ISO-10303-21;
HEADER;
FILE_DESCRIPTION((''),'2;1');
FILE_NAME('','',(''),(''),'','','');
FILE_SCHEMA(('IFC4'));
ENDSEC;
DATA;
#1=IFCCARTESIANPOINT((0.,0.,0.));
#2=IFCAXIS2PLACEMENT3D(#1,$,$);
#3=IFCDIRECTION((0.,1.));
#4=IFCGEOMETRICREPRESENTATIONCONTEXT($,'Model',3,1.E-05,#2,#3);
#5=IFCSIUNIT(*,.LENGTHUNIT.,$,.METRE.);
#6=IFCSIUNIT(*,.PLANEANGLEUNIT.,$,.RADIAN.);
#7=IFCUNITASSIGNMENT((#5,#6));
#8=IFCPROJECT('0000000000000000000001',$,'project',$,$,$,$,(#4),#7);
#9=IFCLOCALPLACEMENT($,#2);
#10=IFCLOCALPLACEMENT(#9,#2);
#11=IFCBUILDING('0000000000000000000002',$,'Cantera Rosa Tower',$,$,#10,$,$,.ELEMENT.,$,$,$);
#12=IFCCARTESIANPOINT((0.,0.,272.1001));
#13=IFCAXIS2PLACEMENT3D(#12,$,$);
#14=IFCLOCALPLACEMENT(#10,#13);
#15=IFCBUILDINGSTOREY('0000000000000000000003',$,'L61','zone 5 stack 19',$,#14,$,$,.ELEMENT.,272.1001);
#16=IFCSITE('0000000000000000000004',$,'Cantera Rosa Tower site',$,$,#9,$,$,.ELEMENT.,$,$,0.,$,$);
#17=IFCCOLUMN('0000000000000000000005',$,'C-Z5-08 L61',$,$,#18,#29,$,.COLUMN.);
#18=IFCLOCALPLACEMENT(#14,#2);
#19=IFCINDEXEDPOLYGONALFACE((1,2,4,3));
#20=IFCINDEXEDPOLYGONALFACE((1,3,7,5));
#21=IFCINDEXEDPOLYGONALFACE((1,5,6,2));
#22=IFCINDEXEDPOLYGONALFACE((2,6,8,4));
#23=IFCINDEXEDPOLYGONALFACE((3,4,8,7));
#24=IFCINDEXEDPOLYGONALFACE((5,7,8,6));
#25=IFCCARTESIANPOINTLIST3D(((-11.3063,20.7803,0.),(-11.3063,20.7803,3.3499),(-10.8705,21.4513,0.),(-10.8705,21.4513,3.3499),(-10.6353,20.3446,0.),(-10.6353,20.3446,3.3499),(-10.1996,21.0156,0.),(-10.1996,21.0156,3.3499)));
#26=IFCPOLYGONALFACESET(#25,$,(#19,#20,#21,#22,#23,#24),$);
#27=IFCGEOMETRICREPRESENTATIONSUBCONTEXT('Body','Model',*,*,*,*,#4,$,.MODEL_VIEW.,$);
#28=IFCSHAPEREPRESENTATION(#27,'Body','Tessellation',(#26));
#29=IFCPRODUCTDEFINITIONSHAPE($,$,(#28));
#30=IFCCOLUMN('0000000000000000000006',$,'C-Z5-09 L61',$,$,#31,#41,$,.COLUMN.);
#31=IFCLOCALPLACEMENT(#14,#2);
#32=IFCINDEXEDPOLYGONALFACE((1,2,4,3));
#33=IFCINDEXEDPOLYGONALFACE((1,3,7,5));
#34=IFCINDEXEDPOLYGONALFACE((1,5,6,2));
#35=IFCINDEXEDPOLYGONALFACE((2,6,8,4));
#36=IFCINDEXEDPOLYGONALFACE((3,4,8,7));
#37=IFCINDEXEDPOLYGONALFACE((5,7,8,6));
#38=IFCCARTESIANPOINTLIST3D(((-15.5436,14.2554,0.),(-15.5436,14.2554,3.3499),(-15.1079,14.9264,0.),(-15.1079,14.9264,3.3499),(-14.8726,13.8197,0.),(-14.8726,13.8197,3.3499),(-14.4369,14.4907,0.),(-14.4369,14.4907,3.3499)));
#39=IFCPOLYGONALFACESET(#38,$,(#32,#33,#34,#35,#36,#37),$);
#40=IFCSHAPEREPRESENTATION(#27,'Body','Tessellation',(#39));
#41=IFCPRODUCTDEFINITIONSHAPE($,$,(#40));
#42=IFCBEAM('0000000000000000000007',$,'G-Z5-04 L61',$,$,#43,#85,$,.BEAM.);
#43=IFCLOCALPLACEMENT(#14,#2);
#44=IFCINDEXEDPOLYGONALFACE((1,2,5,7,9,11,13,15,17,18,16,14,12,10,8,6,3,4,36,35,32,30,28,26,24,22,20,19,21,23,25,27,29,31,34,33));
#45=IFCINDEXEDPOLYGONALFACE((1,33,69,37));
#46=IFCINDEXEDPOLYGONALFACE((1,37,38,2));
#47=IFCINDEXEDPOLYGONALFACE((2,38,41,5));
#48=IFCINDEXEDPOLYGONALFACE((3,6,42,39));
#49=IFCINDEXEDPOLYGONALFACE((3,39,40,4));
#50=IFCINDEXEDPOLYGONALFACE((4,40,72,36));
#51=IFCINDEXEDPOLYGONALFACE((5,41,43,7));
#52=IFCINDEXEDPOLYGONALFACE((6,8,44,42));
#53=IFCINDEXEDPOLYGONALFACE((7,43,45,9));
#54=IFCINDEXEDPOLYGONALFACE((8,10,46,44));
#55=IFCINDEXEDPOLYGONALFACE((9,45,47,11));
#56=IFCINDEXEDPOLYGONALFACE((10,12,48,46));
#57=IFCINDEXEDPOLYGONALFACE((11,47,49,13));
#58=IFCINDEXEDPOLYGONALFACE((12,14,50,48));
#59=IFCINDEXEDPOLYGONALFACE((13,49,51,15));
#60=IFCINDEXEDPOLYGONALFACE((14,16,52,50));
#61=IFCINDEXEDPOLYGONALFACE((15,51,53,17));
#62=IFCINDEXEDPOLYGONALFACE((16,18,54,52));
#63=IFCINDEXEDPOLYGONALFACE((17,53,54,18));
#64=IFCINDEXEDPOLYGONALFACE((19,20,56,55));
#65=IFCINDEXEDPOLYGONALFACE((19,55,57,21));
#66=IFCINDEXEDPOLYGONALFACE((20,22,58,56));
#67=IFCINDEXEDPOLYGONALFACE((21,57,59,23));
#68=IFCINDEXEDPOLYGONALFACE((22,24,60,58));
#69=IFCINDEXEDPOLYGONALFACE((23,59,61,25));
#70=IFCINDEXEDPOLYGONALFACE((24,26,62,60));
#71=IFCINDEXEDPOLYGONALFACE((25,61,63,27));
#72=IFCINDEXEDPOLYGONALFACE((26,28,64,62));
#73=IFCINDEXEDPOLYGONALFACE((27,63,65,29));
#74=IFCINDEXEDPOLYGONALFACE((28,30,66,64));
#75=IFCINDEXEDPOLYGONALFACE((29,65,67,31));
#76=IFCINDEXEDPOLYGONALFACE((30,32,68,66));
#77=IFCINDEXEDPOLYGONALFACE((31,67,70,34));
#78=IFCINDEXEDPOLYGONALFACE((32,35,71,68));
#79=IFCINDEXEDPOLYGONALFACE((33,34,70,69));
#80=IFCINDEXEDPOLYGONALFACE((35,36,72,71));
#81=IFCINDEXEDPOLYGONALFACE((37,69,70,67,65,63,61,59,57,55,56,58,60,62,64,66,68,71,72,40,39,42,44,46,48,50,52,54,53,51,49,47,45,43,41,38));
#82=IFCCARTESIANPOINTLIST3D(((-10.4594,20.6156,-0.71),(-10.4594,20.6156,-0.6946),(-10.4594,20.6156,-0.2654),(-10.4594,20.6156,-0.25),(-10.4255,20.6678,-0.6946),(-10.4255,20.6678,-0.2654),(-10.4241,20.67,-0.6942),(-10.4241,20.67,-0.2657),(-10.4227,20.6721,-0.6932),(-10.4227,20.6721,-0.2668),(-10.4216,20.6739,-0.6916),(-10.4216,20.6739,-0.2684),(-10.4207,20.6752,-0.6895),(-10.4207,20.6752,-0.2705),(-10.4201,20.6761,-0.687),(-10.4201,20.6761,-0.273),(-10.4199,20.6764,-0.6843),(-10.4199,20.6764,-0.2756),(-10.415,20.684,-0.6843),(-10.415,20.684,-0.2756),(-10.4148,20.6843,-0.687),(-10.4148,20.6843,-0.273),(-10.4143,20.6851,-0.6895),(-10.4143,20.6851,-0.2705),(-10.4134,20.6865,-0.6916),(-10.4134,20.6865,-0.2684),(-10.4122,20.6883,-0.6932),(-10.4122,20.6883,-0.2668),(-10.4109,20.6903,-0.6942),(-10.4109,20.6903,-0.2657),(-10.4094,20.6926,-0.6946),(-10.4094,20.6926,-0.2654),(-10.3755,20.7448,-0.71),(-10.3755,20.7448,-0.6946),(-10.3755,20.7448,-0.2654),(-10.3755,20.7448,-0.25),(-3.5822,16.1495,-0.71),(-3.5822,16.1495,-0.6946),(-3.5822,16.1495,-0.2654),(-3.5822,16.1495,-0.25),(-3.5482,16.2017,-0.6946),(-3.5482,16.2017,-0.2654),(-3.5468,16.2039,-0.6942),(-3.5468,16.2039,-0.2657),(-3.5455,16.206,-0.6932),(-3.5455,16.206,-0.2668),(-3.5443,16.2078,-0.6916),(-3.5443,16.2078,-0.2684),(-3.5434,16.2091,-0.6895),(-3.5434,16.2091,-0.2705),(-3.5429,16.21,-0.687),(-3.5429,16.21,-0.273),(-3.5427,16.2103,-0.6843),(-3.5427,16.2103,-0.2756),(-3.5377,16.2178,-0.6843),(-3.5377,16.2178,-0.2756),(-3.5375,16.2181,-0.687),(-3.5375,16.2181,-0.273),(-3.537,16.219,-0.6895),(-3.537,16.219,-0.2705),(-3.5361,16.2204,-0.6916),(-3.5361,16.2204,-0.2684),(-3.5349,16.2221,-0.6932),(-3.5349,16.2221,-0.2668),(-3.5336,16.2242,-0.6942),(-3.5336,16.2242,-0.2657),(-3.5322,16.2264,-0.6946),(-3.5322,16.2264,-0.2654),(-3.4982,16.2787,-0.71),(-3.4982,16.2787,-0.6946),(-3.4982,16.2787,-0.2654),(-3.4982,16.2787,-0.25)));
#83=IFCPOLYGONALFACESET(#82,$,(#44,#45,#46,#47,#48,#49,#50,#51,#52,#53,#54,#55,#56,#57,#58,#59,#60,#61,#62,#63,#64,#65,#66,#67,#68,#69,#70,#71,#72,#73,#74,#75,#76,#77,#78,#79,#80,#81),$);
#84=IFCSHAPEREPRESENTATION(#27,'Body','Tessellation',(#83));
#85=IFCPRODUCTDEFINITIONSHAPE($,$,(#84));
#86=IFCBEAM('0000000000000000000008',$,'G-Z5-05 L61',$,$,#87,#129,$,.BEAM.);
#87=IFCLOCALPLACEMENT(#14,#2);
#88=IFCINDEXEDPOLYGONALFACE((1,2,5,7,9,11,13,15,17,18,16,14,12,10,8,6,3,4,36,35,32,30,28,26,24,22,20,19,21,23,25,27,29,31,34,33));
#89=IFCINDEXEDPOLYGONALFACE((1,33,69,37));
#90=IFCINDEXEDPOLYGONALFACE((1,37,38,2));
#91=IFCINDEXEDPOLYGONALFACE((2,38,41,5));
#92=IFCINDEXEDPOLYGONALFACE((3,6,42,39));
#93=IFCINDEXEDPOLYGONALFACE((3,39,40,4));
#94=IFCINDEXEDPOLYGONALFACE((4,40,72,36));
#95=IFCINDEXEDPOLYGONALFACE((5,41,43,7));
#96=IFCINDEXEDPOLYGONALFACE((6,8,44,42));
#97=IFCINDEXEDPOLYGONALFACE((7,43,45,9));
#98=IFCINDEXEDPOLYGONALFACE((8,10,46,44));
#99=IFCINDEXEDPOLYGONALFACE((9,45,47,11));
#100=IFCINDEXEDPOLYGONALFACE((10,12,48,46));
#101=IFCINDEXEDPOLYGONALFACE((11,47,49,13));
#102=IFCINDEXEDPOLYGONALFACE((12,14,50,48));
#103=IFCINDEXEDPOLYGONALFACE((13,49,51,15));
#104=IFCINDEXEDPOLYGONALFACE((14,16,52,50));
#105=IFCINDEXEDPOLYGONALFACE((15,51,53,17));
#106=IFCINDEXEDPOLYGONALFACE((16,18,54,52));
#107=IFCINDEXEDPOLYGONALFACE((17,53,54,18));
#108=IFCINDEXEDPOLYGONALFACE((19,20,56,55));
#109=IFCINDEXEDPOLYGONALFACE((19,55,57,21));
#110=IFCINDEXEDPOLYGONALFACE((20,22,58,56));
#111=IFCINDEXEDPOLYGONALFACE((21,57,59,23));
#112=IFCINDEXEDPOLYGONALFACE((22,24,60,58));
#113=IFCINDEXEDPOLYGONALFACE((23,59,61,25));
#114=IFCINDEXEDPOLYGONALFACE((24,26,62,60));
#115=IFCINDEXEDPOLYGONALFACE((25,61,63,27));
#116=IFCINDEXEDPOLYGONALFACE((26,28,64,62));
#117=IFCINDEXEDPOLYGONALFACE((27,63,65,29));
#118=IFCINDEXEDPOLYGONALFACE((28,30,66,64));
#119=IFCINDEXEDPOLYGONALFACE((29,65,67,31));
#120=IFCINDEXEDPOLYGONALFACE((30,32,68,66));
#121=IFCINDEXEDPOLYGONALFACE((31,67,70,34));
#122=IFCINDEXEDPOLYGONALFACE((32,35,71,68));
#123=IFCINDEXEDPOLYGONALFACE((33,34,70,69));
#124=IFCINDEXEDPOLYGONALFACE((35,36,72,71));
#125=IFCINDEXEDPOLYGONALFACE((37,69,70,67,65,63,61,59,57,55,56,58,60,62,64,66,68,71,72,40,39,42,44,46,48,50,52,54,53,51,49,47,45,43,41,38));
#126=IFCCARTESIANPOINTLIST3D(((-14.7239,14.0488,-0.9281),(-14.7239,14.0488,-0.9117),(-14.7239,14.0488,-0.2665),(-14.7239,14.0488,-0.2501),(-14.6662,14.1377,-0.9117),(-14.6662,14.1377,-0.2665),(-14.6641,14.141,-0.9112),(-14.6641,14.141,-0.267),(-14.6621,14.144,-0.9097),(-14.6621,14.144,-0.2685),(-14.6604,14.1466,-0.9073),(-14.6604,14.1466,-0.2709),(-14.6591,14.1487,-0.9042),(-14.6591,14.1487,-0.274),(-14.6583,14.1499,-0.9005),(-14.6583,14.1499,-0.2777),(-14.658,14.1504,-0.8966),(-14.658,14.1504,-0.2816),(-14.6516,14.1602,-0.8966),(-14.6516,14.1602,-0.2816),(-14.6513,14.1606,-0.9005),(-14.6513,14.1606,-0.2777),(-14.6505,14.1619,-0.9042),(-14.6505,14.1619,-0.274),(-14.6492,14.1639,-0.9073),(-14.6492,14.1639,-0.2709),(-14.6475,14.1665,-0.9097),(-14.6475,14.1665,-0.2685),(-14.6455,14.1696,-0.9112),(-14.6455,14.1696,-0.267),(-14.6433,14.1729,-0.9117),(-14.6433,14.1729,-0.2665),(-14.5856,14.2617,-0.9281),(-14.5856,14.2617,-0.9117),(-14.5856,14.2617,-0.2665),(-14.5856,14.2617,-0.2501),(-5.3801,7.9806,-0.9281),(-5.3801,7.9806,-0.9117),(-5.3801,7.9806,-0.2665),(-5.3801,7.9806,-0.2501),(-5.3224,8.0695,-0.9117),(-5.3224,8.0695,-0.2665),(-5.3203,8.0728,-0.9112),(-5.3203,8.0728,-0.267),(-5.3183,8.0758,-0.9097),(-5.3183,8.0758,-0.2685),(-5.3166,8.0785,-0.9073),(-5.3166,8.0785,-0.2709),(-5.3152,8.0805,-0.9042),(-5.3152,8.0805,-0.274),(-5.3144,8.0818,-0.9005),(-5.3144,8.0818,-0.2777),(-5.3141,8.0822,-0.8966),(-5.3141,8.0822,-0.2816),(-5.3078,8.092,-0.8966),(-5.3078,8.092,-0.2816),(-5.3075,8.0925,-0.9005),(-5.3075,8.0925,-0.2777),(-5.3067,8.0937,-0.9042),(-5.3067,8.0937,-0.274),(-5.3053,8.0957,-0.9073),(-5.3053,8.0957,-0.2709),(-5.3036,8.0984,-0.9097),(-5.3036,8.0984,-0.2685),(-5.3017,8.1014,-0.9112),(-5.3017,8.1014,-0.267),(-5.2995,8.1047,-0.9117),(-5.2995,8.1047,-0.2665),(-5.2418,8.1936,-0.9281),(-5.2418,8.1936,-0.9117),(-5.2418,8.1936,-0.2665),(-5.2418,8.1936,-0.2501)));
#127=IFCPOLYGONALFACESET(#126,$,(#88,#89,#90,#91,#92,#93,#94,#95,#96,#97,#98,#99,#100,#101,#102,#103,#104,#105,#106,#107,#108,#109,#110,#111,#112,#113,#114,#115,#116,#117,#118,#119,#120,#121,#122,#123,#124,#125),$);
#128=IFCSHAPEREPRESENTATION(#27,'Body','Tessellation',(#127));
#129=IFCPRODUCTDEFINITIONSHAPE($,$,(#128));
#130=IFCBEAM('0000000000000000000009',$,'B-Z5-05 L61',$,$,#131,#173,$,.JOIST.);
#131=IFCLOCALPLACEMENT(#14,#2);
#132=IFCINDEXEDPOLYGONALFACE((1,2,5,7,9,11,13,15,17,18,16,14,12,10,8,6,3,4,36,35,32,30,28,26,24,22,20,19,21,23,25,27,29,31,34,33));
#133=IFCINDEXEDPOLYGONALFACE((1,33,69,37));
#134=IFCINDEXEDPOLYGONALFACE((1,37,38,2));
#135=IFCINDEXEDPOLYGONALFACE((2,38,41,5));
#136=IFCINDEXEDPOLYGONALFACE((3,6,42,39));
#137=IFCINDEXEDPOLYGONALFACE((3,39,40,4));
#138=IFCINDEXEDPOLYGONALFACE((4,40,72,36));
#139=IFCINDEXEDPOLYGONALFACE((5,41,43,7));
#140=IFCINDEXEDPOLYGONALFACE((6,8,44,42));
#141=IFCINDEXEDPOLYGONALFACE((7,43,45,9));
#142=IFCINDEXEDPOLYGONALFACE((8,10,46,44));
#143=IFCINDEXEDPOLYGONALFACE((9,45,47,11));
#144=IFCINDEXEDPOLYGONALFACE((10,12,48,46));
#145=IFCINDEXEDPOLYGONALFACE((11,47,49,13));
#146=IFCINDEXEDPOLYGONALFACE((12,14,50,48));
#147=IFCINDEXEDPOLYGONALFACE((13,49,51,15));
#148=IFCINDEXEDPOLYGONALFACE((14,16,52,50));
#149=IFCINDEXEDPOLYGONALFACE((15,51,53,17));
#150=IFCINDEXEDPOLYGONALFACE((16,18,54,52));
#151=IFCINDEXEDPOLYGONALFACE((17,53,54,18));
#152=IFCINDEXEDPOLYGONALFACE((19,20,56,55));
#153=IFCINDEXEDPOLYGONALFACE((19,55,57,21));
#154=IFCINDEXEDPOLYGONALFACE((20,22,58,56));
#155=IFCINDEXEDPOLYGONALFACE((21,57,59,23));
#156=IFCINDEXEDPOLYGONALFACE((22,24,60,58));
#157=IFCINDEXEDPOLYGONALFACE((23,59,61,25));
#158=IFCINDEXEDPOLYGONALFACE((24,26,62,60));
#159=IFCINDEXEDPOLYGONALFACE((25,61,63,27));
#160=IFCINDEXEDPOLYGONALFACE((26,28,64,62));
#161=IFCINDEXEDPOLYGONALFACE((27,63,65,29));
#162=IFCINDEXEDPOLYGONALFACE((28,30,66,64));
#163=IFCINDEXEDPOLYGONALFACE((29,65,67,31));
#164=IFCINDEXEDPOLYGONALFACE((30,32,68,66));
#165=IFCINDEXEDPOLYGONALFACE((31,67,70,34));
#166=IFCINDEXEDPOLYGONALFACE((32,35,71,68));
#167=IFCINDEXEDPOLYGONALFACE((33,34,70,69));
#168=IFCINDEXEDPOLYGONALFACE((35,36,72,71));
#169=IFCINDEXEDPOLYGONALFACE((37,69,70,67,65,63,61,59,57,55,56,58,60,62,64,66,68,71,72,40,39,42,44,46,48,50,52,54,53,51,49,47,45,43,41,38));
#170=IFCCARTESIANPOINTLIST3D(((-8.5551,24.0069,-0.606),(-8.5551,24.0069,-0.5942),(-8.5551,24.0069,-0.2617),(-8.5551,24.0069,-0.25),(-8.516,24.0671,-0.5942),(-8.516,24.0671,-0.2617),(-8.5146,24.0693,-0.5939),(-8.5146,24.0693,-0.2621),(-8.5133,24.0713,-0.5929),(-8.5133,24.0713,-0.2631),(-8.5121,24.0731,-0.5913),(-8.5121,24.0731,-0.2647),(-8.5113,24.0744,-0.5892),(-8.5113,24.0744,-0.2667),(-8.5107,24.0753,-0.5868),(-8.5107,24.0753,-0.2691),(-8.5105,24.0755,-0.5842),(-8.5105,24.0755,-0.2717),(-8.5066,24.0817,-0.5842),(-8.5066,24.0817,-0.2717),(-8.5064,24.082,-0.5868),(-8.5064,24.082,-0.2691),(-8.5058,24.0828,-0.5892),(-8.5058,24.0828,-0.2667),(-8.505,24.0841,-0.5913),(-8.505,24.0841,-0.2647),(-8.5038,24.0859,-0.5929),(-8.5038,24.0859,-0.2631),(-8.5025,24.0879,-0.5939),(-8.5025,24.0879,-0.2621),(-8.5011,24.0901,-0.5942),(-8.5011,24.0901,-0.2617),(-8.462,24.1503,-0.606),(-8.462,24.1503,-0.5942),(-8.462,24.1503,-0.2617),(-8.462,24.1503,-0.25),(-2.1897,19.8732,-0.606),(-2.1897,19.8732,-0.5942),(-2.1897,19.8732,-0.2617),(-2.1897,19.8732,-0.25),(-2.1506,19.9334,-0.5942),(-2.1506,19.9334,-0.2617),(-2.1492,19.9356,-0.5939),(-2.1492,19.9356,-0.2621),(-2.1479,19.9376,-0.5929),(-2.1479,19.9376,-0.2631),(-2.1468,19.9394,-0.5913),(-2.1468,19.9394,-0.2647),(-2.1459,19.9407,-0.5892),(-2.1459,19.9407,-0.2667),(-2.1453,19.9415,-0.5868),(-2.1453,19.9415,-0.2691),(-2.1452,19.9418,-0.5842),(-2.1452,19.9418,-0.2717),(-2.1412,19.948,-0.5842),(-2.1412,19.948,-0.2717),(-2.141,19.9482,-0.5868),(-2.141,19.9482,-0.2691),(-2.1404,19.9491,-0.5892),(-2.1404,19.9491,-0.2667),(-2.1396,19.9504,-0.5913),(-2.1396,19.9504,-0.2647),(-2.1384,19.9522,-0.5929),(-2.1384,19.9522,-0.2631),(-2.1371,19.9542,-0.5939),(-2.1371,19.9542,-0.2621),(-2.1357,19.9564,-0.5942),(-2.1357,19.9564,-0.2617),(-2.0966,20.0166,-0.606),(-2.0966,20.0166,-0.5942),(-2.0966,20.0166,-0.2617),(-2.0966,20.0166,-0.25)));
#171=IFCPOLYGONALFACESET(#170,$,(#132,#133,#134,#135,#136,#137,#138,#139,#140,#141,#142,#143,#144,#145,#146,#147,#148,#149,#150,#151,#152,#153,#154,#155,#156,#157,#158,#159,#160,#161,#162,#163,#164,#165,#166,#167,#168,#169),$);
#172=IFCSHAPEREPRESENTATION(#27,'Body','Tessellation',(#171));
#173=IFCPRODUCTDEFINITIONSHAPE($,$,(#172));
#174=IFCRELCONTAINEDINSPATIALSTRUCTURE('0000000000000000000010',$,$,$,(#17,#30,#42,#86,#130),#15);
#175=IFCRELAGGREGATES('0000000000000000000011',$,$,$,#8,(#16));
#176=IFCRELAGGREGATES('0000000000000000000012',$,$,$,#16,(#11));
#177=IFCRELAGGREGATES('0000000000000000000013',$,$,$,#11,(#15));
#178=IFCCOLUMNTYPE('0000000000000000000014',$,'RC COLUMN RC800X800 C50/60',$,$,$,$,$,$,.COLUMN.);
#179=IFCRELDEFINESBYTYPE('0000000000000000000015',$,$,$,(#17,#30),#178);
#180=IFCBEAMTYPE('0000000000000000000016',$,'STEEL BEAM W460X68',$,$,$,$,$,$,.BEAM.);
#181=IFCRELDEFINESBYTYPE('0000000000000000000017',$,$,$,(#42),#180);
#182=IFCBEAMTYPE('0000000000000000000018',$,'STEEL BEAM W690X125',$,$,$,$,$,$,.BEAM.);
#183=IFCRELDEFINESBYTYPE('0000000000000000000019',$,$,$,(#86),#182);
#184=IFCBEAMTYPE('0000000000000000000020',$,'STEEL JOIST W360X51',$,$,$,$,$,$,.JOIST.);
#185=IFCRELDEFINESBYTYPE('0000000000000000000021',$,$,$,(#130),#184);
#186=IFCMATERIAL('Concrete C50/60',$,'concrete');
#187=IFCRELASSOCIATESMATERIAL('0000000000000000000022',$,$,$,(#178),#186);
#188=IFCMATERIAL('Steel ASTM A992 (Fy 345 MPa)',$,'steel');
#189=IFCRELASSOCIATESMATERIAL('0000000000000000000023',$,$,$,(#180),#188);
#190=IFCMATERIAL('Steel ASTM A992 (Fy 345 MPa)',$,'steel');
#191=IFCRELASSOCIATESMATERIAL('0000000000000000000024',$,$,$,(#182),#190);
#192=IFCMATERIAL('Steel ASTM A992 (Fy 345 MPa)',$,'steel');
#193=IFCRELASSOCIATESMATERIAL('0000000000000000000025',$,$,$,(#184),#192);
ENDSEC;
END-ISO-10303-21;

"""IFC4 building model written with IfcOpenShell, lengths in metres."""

from ifc_helpers import new_model, si_unit, direction, frame, origin, origin_2d, place, context, subcontext, project, spatial, rectangle, i_section, extrude, material, material_profile, profile_set, type_object, element, save


model = new_model("IFC4")

# Units and contexts
model_context = context("Model", 3, precision=1e-05, world=origin(), true_north=direction((0.0, 1.0)))
body_context = subcontext(model_context, "Body", "Model", "MODEL_VIEW")
ifc_project = project(units=[si_unit("LENGTHUNIT", "METRE"), si_unit("PLANEANGLEUNIT", "RADIAN")], contexts=[model_context])

# Site, building, storey
site_placement = place(None, origin())
site = spatial("IfcSite", under=ifc_project, at=site_placement, Name="Cantera Rosa Tower site", CompositionType="ELEMENT", RefElevation=0.0)
building_placement = place(site_placement, origin())
building = spatial("IfcBuilding", under=site, at=building_placement, Name="Cantera Rosa Tower", CompositionType="ELEMENT")
storey_placement = place(building_placement, frame((0.0, 0.0, 272.1001)))
storey = spatial("IfcBuildingStorey", under=building, at=storey_placement, Name="L61", Description="zone 5 stack 19", CompositionType="ELEMENT", Elevation=272.1001)

# Columns
ifc_material_1 = material(Name="Concrete C50/60", Category="concrete")
ifc_material_profile_1 = material_profile(ifc_material_1, rectangle(XDim=0.8, YDim=0.8, at=origin_2d()), Name="RC COLUMN RC800X800 C50/60")
ifc_profile_set_1 = profile_set([ifc_material_profile_1], Name="Concrete C50/60")
column_type = type_object("IfcColumnType", Name="RC COLUMN RC800X800 C50/60", PredefinedType="COLUMN", material=ifc_profile_set_1)
for number, where, z_axis, x_axis, name in (
    (1, (-10.7529, 20.8979, 0.0), (0.0, 0.0, 1.0), (0.544639, 0.838671, 0.0), "C-Z5-08 L61"),
    (2, (-14.9902, 14.373, 0.0), (0.0, 0.0, 1.0), (0.544639, 0.838671, 0.0), "C-Z5-09 L61"),
):
    element("IfcColumn", number, at=place(storey_placement, frame(where, z_axis=z_axis, x_axis=x_axis)), inside=storey, type_object=column_type, Name=name, PredefinedType="COLUMN", context=body_context, shape_type="SweptSolid", body=[
        extrude(rectangle(XDim=0.8, YDim=0.8, at=origin_2d()), origin(), (0.0, 0.0, 1.0), 3.3499),
    ])

# Beams
ifc_material_2 = material(Name="Steel ASTM A992 (Fy 345 MPa)", Category="steel")
ifc_material_profile_2 = material_profile(ifc_material_2, i_section(OverallWidth=0.1541, OverallDepth=0.46, WebThickness=0.009, FlangeThickness=0.0154, FilletRadius=0.0103, at=origin_2d()), Name="W460X68")
ifc_profile_set_2 = profile_set([ifc_material_profile_2], Name="Steel ASTM A992 (Fy 345 MPa)")
beam_type_1 = type_object("IfcBeamType", Name="STEEL BEAM W460X68", PredefinedType="BEAM", material=ifc_profile_set_2)
beam_1_placement = place(storey_placement, frame((-10.4175, 20.6802, -0.48), z_axis=(0.838673, -0.544636, 0.0), x_axis=(0.544636, 0.838673, 0.0)))
element("IfcBeam", 3, at=beam_1_placement, inside=storey, type_object=beam_type_1, Name="G-Z5-04 L61", PredefinedType="BEAM", context=body_context, shape_type="SweptSolid", body=[
    extrude(i_section(OverallWidth=0.1541, OverallDepth=0.46, WebThickness=0.009, FlangeThickness=0.0154, FilletRadius=0.0103, at=origin_2d()), origin(), (0.0, 0.0, 1.0), 8.2002),
])
ifc_material_3 = material(Name="Steel ASTM A992 (Fy 345 MPa)", Category="steel")
ifc_material_profile_3 = material_profile(ifc_material_3, i_section(OverallWidth=0.2539, OverallDepth=0.678, WebThickness=0.0117, FlangeThickness=0.0164, FilletRadius=0.0151, at=origin_2d()), Name="W690X125")
ifc_profile_set_3 = profile_set([ifc_material_profile_3], Name="Steel ASTM A992 (Fy 345 MPa)")
beam_type_2 = type_object("IfcBeamType", Name="STEEL BEAM W690X125", PredefinedType="BEAM", material=ifc_profile_set_3)
beam_2_placement = place(storey_placement, frame((-14.6548, 14.1553, -0.5891), z_axis=(0.838662, -0.544652, 0.0), x_axis=(0.544652, 0.838662, 0.0)))
element("IfcBeam", 4, at=beam_2_placement, inside=storey, type_object=beam_type_2, Name="G-Z5-05 L61", PredefinedType="BEAM", context=body_context, shape_type="SweptSolid", body=[
    extrude(i_section(OverallWidth=0.2539, OverallDepth=0.678, WebThickness=0.0117, FlangeThickness=0.0164, FilletRadius=0.0151, at=origin_2d()), origin(), (0.0, 0.0, 1.0), 11.1414),
])
ifc_material_4 = material(Name="Steel ASTM A992 (Fy 345 MPa)", Category="steel")
ifc_material_profile_4 = material_profile(ifc_material_4, i_section(OverallWidth=0.1709, OverallDepth=0.356, WebThickness=0.0073, FlangeThickness=0.0117, FilletRadius=0.01, at=origin_2d()), Name="W360X51")
ifc_profile_set_4 = profile_set([ifc_material_profile_4], Name="Steel ASTM A992 (Fy 345 MPa)")
beam_type_3 = type_object("IfcBeamType", Name="STEEL JOIST W360X51", PredefinedType="JOIST", material=ifc_profile_set_4)
beam_3_placement = place(storey_placement, frame((-8.5085, 24.0786, -0.428), z_axis=(0.838671, -0.544639, 0.0), x_axis=(0.544639, 0.838671, 0.0)))
element("IfcBeam", 5, at=beam_3_placement, inside=storey, type_object=beam_type_3, Name="B-Z5-05 L61", PredefinedType="JOIST", context=body_context, shape_type="SweptSolid", body=[
    extrude(i_section(OverallWidth=0.1709, OverallDepth=0.356, WebThickness=0.0073, FlangeThickness=0.0117, FilletRadius=0.01, at=origin_2d()), origin(), (0.0, 0.0, 1.0), 7.5898),
])

save(model, "model.ifc")
